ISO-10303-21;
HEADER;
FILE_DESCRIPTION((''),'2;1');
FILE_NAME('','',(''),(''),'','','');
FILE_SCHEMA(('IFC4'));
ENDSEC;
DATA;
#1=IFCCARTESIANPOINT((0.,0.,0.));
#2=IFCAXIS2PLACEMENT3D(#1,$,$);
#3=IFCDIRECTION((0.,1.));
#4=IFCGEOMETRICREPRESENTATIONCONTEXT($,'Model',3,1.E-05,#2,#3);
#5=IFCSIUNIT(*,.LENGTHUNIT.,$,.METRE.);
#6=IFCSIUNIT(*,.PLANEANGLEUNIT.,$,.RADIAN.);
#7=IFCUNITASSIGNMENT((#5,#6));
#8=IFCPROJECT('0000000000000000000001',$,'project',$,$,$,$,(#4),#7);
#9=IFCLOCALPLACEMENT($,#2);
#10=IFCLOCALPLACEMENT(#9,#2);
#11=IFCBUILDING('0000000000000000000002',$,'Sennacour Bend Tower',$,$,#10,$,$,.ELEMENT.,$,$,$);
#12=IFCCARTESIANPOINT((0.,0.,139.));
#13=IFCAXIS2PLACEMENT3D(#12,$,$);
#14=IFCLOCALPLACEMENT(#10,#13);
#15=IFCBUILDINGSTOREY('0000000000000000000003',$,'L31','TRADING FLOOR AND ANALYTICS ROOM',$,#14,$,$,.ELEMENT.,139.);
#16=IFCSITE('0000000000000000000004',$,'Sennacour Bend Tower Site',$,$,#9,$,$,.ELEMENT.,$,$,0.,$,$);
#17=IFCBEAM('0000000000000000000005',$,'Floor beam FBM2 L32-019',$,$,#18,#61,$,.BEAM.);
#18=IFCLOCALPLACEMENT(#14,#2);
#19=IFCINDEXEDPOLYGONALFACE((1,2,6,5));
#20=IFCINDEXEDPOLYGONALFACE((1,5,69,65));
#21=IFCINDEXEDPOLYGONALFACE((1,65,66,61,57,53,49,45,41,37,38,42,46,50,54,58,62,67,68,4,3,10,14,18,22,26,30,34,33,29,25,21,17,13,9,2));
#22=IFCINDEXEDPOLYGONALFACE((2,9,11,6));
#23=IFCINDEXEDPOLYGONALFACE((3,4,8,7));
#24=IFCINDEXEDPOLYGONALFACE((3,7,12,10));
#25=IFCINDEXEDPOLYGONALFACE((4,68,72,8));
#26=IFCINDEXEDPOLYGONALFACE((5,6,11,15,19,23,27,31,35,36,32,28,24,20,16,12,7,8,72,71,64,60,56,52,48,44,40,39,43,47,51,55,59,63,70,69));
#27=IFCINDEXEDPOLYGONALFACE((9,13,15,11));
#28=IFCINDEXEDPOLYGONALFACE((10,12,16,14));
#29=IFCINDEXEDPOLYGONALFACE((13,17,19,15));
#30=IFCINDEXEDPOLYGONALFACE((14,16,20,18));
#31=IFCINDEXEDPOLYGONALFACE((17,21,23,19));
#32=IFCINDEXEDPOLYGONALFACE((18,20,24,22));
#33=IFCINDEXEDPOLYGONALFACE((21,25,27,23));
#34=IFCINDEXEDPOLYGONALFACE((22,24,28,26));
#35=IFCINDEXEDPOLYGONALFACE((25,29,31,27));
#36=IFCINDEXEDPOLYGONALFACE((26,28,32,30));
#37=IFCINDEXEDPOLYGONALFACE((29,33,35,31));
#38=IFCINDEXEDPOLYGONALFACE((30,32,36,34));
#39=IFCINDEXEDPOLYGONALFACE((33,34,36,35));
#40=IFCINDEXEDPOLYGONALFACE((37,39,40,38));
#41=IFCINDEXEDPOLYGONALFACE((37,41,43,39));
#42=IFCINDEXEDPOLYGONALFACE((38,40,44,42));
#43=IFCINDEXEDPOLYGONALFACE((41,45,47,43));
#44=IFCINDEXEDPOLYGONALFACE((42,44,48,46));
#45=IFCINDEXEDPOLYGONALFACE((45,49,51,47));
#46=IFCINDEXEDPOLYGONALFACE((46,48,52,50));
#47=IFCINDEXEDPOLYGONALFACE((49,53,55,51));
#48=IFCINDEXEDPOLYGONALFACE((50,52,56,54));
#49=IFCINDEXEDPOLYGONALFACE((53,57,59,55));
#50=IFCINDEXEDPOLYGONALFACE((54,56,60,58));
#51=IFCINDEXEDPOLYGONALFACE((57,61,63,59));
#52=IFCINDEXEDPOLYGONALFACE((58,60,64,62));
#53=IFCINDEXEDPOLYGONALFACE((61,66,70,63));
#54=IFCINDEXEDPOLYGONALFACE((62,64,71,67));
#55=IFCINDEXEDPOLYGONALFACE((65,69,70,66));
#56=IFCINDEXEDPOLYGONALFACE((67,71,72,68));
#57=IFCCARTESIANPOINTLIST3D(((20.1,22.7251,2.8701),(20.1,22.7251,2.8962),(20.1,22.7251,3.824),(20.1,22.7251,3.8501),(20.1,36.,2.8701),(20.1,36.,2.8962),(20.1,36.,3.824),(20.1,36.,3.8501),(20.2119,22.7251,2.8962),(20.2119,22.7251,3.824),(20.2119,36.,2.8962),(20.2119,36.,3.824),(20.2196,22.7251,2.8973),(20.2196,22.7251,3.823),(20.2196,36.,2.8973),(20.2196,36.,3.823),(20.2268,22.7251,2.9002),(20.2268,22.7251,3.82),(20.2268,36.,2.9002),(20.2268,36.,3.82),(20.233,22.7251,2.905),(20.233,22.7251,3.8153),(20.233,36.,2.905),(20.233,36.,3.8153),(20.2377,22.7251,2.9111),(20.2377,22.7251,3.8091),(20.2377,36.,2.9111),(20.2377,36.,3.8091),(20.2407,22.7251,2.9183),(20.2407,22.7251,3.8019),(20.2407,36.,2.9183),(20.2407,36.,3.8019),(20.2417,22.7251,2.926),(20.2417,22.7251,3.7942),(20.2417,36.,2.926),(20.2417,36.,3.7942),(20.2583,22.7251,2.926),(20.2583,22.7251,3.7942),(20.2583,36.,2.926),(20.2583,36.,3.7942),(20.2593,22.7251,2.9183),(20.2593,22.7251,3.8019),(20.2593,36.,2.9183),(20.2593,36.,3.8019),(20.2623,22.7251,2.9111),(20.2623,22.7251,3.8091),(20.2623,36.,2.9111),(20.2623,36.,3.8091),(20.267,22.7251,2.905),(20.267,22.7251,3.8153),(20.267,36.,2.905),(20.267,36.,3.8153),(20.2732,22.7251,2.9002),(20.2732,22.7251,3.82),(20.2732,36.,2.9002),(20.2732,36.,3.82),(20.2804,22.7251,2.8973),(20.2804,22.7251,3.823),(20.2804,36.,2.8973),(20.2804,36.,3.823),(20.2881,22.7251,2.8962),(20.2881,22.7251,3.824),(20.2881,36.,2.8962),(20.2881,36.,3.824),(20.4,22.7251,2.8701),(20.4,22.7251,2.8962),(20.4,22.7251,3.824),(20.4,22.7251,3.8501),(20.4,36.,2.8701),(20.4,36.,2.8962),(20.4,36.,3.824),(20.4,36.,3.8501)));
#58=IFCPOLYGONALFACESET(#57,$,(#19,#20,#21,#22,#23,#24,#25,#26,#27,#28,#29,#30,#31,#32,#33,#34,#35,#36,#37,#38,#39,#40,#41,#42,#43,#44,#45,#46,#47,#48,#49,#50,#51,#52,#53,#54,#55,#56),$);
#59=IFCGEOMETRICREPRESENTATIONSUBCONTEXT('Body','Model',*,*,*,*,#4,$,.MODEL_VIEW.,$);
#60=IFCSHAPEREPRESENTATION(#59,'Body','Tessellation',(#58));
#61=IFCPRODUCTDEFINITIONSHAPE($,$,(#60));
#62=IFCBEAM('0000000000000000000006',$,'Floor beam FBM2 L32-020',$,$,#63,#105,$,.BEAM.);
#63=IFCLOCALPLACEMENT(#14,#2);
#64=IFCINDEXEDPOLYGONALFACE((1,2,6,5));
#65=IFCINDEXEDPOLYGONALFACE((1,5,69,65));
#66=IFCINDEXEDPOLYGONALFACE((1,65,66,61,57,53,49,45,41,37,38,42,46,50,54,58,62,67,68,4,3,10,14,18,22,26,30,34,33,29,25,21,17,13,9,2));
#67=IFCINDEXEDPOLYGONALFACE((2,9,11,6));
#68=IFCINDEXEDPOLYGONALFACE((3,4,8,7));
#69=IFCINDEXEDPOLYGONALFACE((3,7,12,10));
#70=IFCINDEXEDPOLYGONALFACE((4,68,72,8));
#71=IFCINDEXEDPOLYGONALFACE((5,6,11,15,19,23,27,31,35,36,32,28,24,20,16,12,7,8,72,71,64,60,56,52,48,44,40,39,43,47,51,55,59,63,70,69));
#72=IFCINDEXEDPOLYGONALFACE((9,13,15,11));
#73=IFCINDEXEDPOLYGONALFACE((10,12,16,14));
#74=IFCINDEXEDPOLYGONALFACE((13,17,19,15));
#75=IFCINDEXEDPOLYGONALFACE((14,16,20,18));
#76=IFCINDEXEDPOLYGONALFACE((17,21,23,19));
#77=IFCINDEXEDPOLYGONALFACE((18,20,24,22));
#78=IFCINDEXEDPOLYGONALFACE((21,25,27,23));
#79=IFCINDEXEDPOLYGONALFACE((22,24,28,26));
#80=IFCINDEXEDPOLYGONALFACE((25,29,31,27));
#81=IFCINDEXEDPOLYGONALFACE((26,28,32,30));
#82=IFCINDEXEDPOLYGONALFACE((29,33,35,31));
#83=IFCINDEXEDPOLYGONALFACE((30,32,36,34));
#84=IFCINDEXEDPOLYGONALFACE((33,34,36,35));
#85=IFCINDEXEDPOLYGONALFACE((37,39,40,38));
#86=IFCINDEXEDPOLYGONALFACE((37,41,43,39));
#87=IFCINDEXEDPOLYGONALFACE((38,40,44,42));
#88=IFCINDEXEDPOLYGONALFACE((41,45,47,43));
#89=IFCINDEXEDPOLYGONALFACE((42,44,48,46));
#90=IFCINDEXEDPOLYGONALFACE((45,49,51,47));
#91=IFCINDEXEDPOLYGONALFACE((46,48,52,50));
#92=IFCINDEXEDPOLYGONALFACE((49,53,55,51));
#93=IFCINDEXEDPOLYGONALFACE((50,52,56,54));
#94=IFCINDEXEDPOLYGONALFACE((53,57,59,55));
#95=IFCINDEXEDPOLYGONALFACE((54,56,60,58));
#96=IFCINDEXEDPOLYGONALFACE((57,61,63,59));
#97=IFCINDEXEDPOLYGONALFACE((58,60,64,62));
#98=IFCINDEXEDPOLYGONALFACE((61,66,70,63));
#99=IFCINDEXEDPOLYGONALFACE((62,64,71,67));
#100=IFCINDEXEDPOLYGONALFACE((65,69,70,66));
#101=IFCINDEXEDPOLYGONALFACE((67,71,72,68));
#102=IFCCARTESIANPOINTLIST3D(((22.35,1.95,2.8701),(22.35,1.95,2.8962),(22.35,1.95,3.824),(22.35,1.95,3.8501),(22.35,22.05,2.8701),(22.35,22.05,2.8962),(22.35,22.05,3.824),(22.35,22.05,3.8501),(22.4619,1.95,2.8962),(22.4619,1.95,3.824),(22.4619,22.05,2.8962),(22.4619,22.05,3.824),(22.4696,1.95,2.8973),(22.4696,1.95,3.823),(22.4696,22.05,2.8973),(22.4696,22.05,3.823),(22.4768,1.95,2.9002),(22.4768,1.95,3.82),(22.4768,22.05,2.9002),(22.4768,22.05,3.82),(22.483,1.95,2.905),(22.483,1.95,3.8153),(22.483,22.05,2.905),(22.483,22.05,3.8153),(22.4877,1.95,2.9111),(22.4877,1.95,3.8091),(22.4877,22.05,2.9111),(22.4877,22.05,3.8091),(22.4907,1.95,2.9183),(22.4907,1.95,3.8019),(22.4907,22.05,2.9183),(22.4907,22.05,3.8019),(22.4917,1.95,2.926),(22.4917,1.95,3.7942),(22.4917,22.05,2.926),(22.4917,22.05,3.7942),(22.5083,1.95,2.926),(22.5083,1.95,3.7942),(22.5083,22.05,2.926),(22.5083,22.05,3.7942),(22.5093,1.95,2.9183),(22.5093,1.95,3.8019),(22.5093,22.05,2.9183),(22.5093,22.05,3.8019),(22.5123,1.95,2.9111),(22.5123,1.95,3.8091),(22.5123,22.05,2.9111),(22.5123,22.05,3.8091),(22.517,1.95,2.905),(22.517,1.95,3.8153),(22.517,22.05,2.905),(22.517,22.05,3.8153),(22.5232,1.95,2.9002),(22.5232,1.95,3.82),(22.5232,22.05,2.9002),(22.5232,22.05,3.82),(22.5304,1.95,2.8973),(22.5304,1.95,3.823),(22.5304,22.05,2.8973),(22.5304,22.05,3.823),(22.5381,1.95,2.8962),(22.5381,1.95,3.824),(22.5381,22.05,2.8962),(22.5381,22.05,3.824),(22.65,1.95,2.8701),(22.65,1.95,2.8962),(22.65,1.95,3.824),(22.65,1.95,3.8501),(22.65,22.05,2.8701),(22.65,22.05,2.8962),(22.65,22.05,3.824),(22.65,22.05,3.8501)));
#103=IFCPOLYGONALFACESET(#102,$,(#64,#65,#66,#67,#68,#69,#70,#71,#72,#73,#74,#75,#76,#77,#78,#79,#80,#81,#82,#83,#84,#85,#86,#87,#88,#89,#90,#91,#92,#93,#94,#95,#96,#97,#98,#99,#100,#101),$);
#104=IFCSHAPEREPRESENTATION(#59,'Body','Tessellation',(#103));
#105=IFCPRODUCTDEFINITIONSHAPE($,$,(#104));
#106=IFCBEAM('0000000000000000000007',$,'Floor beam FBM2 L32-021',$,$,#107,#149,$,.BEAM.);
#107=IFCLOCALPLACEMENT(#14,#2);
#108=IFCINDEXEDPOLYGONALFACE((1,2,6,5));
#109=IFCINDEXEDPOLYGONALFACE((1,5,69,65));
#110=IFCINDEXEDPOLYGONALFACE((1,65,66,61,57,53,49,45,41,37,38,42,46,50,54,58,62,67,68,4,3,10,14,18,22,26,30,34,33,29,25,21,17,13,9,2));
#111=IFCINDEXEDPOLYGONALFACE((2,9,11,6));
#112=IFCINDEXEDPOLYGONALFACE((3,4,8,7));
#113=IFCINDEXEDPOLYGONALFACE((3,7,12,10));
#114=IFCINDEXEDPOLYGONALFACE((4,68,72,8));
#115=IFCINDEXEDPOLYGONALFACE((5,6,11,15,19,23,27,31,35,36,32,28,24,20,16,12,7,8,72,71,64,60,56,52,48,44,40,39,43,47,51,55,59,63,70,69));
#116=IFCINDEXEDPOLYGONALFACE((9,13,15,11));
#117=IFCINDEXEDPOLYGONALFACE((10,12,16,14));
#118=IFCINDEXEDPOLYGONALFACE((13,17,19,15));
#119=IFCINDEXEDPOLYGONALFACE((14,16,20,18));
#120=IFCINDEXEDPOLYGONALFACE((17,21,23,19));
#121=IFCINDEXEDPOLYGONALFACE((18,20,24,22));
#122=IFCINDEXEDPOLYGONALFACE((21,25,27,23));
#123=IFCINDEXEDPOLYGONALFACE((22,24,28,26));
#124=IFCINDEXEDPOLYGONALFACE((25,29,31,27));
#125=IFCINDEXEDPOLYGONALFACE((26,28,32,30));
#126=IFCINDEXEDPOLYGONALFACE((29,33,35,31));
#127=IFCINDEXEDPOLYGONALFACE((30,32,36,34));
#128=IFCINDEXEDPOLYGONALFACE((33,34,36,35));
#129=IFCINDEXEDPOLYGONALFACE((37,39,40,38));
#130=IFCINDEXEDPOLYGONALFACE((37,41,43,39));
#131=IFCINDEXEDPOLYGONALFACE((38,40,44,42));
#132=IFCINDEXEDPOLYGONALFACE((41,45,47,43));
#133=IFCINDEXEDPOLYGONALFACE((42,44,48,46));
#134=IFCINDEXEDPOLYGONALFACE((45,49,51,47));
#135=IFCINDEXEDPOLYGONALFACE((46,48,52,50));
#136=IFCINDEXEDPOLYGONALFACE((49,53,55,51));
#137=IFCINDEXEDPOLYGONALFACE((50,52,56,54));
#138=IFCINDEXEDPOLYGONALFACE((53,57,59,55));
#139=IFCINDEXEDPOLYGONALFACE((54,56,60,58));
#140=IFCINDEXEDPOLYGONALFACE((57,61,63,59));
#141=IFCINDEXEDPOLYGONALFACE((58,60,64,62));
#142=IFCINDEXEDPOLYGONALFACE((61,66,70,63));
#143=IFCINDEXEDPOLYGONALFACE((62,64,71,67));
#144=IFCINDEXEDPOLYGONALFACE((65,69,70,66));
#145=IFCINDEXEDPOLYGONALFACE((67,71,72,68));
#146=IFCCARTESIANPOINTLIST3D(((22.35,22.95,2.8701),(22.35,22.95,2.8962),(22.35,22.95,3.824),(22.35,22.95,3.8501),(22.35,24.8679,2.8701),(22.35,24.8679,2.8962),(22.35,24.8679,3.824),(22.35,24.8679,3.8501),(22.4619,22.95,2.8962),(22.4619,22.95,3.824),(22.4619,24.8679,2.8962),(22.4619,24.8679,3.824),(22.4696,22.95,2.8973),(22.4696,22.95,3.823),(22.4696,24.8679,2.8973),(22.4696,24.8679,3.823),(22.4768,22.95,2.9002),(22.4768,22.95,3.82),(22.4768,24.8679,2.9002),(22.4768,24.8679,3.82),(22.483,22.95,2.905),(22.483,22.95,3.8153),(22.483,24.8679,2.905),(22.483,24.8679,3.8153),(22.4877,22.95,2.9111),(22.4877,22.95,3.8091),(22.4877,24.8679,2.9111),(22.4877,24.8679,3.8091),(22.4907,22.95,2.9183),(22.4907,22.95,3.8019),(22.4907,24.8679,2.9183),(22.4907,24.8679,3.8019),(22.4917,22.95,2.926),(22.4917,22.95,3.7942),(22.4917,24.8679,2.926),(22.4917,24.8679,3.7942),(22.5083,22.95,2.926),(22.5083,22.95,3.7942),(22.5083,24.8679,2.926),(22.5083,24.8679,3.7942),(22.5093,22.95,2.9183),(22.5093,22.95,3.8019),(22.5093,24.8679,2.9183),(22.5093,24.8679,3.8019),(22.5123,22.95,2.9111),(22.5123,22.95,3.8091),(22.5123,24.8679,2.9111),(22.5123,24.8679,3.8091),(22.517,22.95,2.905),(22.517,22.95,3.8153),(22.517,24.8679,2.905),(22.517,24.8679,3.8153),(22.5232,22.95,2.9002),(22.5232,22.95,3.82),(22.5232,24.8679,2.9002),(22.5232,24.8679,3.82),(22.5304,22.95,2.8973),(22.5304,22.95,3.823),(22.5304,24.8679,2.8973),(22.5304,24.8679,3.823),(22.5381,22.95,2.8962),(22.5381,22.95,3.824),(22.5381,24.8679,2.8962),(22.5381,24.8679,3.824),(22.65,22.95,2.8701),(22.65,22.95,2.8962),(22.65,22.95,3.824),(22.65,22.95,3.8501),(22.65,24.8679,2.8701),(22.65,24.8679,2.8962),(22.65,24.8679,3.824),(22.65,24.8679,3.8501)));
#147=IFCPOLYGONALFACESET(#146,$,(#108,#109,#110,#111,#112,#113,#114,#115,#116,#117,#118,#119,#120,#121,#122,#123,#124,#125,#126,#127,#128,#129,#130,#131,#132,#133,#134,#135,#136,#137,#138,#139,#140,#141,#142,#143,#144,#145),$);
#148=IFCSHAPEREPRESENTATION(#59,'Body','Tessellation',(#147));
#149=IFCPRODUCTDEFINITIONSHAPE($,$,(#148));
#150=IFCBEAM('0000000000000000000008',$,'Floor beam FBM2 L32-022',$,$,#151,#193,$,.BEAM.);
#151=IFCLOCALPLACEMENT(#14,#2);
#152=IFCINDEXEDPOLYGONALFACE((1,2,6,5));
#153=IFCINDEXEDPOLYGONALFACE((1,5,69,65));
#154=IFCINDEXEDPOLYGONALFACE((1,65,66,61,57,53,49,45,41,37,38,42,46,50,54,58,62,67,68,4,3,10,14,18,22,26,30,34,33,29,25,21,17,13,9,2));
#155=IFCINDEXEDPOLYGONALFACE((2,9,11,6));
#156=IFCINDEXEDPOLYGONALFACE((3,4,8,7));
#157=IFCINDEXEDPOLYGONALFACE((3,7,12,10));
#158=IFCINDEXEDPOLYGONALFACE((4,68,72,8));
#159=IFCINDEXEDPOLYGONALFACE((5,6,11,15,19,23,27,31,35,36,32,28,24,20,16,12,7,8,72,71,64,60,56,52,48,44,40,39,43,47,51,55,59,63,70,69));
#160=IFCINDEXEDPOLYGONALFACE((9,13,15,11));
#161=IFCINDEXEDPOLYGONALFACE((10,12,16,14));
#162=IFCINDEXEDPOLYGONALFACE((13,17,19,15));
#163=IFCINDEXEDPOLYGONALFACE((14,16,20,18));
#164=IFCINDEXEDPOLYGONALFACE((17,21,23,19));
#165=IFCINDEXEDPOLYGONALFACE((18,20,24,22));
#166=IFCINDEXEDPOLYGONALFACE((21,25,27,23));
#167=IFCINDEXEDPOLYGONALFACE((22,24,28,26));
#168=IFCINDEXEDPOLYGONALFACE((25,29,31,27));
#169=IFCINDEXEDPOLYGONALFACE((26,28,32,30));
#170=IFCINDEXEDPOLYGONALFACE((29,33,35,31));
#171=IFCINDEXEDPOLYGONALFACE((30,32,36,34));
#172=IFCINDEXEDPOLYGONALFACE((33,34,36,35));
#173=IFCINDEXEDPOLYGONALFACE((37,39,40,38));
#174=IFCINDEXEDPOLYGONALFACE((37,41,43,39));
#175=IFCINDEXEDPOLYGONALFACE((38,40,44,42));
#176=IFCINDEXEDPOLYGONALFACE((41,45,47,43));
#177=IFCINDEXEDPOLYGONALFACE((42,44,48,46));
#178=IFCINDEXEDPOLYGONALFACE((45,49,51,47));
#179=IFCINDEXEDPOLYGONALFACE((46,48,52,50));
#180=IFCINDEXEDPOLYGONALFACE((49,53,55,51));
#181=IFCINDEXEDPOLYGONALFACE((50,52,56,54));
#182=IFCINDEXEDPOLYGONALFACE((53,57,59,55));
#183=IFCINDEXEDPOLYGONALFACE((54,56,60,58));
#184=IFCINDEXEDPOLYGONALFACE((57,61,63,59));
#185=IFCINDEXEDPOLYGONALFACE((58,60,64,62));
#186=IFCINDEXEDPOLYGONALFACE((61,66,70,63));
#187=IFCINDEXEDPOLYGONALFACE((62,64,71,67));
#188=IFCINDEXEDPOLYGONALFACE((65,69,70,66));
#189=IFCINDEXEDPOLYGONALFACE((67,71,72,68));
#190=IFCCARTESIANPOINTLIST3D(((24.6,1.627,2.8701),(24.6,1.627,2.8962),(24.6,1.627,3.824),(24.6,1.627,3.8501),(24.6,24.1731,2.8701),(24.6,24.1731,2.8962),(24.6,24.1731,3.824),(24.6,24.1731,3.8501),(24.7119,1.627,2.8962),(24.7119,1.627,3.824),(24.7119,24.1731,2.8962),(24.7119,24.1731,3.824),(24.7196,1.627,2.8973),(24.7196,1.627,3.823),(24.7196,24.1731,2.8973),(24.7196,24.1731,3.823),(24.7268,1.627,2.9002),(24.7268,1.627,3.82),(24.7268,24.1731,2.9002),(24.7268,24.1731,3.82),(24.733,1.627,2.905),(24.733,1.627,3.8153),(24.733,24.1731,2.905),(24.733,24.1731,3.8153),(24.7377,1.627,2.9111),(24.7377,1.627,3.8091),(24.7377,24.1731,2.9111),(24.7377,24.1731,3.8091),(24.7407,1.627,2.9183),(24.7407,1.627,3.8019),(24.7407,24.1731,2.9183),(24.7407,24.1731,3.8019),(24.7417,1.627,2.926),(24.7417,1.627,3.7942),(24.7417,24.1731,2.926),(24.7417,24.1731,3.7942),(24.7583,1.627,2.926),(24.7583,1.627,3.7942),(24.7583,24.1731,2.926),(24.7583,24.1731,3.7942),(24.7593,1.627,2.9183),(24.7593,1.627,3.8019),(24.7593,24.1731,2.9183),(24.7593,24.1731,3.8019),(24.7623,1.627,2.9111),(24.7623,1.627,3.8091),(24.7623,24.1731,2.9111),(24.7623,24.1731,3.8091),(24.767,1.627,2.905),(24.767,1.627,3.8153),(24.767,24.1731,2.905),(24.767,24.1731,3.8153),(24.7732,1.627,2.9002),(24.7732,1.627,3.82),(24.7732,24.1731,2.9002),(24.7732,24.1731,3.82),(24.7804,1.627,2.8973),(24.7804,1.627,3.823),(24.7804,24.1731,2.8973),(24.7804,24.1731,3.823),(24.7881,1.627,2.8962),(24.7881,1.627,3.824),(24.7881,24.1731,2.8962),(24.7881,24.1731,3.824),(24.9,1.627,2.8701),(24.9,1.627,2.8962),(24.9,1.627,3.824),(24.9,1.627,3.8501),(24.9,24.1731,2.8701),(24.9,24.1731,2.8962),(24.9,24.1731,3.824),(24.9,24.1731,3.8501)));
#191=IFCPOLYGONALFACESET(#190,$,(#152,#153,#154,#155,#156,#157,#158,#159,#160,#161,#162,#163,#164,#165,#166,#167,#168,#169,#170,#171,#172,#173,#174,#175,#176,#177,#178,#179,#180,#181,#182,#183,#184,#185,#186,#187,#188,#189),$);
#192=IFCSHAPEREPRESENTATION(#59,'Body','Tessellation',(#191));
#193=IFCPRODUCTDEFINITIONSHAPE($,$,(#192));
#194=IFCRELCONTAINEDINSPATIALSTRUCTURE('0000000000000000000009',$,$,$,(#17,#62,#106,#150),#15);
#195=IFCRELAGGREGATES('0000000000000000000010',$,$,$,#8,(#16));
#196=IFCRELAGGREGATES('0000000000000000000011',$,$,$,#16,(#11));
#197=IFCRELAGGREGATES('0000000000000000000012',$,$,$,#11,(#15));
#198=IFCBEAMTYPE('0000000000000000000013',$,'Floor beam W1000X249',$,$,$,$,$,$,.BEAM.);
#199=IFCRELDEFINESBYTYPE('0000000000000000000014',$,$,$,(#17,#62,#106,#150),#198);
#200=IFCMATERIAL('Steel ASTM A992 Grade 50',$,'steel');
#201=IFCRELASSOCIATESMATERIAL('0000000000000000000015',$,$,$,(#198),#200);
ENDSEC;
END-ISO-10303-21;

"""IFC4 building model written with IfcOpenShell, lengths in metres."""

from ifc_helpers import new_model, si_unit, direction, frame, origin, origin_2d, place, context, subcontext, project, spatial, i_section, extrude, material, material_profile, profile_set, type_object, element, save


model = new_model("IFC4")

# Units and contexts
model_context = context("Model", 3, precision=1e-05, world=origin(), true_north=direction((0.0, 1.0)))
body_context = subcontext(model_context, "Body", "Model", "MODEL_VIEW")
ifc_project = project(units=[si_unit("LENGTHUNIT", "METRE"), si_unit("PLANEANGLEUNIT", "RADIAN")], contexts=[model_context])

# Site, building, storey
site_placement = place(None, origin())
site = spatial("IfcSite", under=ifc_project, at=site_placement, Name="Sennacour Bend Tower Site", CompositionType="ELEMENT", RefElevation=0.0)
building_placement = place(site_placement, origin())
building = spatial("IfcBuilding", under=site, at=building_placement, Name="Sennacour Bend Tower", CompositionType="ELEMENT")
storey_placement = place(building_placement, frame((0.0, 0.0, 139.0)))
storey = spatial("IfcBuildingStorey", under=building, at=storey_placement, Name="L31", Description="TRADING FLOOR AND ANALYTICS ROOM", CompositionType="ELEMENT", Elevation=139.0)

# Beams
ifc_material_1 = material(Name="Steel ASTM A992 Grade 50", Category="steel")
ifc_material_profile_1 = material_profile(ifc_material_1, i_section(OverallWidth=0.3, OverallDepth=0.98, WebThickness=0.0166, FlangeThickness=0.0261, FilletRadius=0.0298, at=origin_2d()), Name="Steel ASTM A992 Grade 50", Category="steel")
ifc_profile_set_1 = profile_set([ifc_material_profile_1], Name="Steel ASTM A992 Grade 50")
beam_type_1 = type_object("IfcBeamType", Name="Floor beam W1000X249", PredefinedType="BEAM", material=ifc_profile_set_1)
beam_1_placement = place(storey_placement, frame((20.25, 22.7251, 3.3601), z_axis=(0.0, 1.0, 0.0), x_axis=(-1.0, 0.0, 0.0)))
element("IfcBeam", 1, at=beam_1_placement, inside=storey, type_object=beam_type_1, Name="Floor beam FBM2 L32-019", PredefinedType="BEAM", context=body_context, shape_type="SweptSolid", body=[
    extrude(i_section(OverallWidth=0.3, OverallDepth=0.98, WebThickness=0.0166, FlangeThickness=0.0261, FilletRadius=0.0298, at=origin_2d()), origin(), (0.0, 0.0, 1.0), 13.2749),
])
beam_2_placement = place(storey_placement, frame((22.5, 1.95, 3.3601), z_axis=(0.0, 1.0, 0.0), x_axis=(-1.0, 0.0, 0.0)))
element("IfcBeam", 2, at=beam_2_placement, inside=storey, type_object=beam_type_1, Name="Floor beam FBM2 L32-020", PredefinedType="BEAM", context=body_context, shape_type="SweptSolid", body=[
    extrude(i_section(OverallWidth=0.3, OverallDepth=0.98, WebThickness=0.0166, FlangeThickness=0.0261, FilletRadius=0.0298, at=origin_2d()), origin(), (0.0, 0.0, 1.0), 20.1001),
])
beam_3_placement = place(storey_placement, frame((22.5, 22.95, 3.3601), z_axis=(0.0, 1.0, 0.0), x_axis=(-1.0, 0.0, 0.0)))
element("IfcBeam", 3, at=beam_3_placement, inside=storey, type_object=beam_type_1, Name="Floor beam FBM2 L32-021", PredefinedType="BEAM", context=body_context, shape_type="SweptSolid", body=[
    extrude(i_section(OverallWidth=0.3, OverallDepth=0.98, WebThickness=0.0166, FlangeThickness=0.0261, FilletRadius=0.0298, at=origin_2d()), origin(), (0.0, 0.0, 1.0), 1.918),
])
beam_4_placement = place(storey_placement, frame((24.75, 1.627, 3.3601), z_axis=(0.0, 1.0, 0.0), x_axis=(-1.0, 0.0, 0.0)))
element("IfcBeam", 4, at=beam_4_placement, inside=storey, type_object=beam_type_1, Name="Floor beam FBM2 L32-022", PredefinedType="BEAM", context=body_context, shape_type="SweptSolid", body=[
    extrude(i_section(OverallWidth=0.3, OverallDepth=0.98, WebThickness=0.0166, FlangeThickness=0.0261, FilletRadius=0.0298, at=origin_2d()), origin(), (0.0, 0.0, 1.0), 22.5461),
])

save(model, "model.ifc")
